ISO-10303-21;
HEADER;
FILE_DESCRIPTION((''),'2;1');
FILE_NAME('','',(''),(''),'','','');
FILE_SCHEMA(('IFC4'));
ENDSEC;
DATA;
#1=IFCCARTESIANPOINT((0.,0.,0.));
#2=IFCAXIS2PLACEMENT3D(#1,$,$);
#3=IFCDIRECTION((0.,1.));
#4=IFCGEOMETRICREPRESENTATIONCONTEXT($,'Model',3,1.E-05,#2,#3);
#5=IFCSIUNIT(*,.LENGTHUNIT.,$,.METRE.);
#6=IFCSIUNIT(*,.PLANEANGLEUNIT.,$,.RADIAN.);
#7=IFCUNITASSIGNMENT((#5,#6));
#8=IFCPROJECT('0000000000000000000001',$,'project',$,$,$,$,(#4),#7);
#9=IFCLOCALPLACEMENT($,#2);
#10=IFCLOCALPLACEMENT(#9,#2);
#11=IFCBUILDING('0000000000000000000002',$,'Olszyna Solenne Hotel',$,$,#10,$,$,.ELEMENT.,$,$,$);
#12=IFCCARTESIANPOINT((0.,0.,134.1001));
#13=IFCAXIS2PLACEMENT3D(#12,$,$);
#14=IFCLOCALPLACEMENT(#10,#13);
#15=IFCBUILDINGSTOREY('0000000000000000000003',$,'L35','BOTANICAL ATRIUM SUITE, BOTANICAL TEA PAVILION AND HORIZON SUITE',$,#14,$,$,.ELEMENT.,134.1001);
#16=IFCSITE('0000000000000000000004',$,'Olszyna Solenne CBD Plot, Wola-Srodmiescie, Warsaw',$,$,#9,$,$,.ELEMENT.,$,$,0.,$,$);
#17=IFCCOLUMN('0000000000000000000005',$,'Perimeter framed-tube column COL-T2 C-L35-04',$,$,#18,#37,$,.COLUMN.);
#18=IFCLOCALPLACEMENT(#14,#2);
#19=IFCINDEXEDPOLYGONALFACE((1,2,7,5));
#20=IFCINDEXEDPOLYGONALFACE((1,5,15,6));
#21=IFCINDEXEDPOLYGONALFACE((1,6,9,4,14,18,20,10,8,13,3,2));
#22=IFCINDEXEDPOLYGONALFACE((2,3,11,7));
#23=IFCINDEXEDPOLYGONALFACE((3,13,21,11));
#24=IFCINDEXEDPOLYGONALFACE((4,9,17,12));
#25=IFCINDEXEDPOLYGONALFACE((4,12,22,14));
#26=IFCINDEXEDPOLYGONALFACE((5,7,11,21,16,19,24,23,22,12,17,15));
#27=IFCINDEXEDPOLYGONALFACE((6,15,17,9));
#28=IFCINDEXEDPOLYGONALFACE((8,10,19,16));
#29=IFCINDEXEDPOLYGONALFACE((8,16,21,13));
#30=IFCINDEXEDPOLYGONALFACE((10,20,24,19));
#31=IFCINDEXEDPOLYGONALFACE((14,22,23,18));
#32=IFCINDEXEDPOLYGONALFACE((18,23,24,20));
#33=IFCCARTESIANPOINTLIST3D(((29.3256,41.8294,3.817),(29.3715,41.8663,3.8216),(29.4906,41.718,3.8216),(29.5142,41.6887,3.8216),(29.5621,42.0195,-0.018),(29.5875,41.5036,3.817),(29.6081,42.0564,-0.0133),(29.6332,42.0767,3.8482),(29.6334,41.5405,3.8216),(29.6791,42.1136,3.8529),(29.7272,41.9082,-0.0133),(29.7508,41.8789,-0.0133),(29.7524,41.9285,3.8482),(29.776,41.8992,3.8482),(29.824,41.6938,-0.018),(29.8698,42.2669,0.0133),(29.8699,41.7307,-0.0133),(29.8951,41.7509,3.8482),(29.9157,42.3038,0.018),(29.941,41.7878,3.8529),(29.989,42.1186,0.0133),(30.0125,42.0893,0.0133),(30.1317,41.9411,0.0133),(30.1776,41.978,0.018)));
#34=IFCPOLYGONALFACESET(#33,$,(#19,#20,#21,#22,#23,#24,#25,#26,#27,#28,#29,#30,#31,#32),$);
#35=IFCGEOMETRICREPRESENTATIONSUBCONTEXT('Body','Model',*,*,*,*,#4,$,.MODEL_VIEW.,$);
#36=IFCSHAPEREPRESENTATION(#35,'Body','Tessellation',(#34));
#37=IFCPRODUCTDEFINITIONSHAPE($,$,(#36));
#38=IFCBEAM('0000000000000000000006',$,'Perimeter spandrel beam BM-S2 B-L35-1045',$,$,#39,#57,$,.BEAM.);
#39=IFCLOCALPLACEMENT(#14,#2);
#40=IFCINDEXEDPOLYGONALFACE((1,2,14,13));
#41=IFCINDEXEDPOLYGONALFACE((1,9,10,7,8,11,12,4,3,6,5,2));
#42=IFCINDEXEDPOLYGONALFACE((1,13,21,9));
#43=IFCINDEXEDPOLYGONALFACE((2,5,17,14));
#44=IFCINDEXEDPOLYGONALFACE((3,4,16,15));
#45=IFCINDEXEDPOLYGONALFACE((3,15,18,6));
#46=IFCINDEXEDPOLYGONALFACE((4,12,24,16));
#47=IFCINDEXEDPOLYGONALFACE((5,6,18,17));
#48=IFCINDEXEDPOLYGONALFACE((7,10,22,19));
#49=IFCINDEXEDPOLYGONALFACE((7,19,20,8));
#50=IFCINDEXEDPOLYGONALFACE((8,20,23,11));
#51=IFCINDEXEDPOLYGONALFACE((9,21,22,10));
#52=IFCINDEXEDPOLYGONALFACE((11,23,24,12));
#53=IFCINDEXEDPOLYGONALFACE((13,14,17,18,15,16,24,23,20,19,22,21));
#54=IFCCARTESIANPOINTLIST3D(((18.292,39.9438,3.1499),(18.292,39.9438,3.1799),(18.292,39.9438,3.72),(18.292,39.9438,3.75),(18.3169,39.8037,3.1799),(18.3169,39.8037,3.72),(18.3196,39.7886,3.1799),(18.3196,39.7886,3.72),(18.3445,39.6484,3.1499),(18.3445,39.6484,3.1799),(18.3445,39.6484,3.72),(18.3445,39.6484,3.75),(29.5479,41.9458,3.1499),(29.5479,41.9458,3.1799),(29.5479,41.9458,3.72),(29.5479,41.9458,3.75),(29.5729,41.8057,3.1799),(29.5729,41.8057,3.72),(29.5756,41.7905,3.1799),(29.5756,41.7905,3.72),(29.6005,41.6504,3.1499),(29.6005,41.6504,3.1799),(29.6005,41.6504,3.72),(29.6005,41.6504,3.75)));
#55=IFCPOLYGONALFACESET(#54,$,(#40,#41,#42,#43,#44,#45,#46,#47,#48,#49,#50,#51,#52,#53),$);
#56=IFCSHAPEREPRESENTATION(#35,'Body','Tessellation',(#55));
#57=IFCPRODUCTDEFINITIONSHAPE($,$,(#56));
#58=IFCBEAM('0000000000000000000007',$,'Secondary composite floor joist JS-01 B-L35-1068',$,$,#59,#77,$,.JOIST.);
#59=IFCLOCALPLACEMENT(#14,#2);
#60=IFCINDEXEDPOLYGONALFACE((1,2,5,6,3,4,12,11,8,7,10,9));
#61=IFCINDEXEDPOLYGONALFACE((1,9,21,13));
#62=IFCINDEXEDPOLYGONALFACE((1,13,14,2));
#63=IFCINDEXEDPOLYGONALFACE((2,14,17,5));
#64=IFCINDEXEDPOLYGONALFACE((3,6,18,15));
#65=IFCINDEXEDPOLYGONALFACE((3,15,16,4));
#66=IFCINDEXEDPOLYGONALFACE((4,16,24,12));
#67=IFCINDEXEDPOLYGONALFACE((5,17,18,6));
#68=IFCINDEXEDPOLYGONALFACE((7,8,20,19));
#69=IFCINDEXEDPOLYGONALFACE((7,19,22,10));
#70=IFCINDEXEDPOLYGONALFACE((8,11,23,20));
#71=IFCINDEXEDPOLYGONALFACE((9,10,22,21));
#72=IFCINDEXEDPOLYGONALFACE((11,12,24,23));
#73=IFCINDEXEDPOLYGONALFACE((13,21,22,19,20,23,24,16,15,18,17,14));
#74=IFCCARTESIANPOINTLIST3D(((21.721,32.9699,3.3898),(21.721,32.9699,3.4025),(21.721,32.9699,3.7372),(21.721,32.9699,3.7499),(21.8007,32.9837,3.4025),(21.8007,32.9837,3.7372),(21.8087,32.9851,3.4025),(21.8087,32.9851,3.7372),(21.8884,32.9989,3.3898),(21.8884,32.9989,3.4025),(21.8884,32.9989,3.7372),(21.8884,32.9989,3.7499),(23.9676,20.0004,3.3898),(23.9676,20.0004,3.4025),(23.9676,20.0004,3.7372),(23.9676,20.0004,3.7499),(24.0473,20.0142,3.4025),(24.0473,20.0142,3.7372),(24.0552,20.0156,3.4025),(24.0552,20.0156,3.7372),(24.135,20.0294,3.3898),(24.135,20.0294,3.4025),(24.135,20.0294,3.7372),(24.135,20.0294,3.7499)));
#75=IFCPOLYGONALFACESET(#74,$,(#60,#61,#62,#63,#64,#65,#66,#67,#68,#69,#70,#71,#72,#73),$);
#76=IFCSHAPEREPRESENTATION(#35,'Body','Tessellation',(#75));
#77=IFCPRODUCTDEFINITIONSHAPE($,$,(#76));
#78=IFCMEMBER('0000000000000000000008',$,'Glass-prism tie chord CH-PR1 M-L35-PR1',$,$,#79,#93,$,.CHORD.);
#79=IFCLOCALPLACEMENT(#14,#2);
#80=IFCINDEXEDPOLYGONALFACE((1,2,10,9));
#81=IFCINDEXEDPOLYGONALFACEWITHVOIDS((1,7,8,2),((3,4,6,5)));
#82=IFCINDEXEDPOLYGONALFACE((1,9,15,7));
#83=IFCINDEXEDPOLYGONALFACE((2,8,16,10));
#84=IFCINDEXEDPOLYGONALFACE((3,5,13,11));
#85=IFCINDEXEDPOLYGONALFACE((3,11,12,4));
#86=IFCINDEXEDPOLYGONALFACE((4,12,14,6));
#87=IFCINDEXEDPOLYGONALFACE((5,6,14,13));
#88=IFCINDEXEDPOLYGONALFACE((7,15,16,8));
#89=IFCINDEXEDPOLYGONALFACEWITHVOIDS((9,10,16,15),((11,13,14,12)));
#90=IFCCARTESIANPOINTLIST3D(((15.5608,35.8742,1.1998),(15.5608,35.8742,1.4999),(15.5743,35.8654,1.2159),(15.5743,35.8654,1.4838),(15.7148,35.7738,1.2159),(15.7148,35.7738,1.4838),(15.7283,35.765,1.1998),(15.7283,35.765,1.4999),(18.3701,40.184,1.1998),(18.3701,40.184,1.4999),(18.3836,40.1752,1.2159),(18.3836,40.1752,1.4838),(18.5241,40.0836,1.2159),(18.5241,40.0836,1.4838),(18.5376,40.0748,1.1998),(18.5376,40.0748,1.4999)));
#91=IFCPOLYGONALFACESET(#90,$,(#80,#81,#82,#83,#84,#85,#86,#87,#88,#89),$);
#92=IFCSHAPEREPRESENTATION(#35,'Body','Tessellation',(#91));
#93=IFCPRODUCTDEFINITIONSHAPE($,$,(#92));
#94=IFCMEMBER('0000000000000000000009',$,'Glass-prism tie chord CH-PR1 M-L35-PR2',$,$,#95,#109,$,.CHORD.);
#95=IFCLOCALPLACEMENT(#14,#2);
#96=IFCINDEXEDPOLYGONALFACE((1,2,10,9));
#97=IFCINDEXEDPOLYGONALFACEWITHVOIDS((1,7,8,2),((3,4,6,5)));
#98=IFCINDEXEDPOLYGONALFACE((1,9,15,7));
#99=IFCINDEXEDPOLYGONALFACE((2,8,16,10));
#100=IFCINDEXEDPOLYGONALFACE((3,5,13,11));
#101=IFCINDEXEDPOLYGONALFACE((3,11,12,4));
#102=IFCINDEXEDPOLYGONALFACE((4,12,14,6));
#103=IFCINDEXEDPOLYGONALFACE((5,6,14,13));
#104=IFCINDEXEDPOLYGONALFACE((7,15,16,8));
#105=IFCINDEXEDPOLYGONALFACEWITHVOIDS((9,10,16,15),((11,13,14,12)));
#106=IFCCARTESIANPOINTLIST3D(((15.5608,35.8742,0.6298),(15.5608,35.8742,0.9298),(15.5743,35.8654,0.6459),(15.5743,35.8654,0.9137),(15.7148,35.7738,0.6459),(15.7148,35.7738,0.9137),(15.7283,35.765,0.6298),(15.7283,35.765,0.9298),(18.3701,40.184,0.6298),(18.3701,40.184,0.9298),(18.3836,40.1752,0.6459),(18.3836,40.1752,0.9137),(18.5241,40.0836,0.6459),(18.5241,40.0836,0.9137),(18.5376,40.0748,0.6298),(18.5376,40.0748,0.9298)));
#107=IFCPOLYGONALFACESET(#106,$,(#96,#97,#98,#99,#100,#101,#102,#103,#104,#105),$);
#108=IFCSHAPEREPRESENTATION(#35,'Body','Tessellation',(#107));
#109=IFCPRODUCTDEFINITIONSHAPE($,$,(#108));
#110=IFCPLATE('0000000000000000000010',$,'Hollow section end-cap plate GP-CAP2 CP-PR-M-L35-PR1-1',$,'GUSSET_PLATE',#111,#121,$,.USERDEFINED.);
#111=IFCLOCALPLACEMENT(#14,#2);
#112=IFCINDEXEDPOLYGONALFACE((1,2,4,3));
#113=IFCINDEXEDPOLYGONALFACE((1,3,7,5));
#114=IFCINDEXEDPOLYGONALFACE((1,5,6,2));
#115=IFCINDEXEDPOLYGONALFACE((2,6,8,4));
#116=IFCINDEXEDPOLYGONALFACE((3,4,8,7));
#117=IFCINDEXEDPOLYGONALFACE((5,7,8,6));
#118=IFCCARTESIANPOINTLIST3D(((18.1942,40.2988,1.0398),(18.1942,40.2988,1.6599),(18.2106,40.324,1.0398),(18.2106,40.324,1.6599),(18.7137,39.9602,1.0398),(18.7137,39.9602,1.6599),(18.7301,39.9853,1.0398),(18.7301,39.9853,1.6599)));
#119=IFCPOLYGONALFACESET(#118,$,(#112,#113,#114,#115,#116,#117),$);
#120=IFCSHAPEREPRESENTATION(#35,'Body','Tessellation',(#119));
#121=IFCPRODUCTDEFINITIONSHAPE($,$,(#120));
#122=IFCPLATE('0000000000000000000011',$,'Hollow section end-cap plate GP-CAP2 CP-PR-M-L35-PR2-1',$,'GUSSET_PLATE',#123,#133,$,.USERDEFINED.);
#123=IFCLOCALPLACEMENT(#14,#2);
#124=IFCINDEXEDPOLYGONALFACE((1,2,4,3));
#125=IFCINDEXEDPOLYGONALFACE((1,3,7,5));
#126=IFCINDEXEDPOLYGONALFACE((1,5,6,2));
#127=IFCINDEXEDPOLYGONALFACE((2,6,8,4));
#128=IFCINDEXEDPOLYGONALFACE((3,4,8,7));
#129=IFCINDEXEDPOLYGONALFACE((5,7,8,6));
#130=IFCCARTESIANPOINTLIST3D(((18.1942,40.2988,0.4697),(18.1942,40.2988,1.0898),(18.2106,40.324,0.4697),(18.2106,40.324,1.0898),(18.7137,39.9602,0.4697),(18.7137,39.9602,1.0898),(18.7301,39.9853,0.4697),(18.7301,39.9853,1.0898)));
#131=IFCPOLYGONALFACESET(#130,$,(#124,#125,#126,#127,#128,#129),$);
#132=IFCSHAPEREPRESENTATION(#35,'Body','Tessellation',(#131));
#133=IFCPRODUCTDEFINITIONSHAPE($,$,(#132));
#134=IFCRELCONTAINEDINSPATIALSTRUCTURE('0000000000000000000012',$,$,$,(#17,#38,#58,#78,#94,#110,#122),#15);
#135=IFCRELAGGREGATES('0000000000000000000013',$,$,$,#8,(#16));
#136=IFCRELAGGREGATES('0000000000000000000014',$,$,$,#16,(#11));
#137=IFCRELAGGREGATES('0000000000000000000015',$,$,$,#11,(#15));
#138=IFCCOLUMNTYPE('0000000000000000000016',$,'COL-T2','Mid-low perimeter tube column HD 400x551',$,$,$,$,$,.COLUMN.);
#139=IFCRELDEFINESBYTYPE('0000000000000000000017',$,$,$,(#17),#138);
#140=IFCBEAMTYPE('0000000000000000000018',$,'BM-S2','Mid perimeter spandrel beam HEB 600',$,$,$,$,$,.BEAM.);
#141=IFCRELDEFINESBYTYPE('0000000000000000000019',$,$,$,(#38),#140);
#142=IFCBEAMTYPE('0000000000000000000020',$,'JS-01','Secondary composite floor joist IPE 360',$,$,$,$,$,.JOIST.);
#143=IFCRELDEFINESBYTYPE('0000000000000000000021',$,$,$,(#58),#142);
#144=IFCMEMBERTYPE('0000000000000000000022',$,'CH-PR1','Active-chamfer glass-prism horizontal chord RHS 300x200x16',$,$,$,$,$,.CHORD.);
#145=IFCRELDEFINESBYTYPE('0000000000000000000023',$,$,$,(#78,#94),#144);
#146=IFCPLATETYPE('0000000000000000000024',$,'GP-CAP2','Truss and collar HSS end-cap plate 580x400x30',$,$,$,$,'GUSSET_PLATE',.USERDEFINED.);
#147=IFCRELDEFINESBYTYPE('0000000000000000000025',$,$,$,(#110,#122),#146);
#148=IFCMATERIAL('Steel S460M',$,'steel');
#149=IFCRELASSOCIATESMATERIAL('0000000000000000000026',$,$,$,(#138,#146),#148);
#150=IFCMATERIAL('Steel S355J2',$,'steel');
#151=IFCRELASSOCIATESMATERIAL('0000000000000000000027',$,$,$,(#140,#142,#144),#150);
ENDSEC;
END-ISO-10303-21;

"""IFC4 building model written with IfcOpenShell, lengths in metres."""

from ifc_helpers import new_model, si_unit, direction, frame, origin, origin_2d, place, context, subcontext, project, spatial, rectangle, hollow_rectangle, i_section, extrude, source, transform, mapped, material, material_profile, profile_set, type_object, element, save


model = new_model("IFC4")

# Units and contexts
model_context = context("Model", 3, precision=1e-05, world=origin(), true_north=direction((0.0, 1.0)))
body_context = subcontext(model_context, "Body", "Model", "MODEL_VIEW")
ifc_project = project(units=[si_unit("LENGTHUNIT", "METRE"), si_unit("PLANEANGLEUNIT", "RADIAN")], contexts=[model_context])

# Site, building, storey
site_placement = place(None, origin())
site = spatial("IfcSite", under=ifc_project, at=site_placement, Name="Olszyna Solenne CBD Plot, Wola-Srodmiescie, Warsaw", CompositionType="ELEMENT", RefElevation=0.0)
building_placement = place(site_placement, origin())
building = spatial("IfcBuilding", under=site, at=building_placement, Name="Olszyna Solenne Hotel", CompositionType="ELEMENT")
storey_placement = place(building_placement, frame((0.0, 0.0, 134.1001)))
storey = spatial("IfcBuildingStorey", under=building, at=storey_placement, Name="L35", Description="BOTANICAL ATRIUM SUITE, BOTANICAL TEA PAVILION AND HORIZON SUITE", CompositionType="ELEMENT", Elevation=134.1001)

# Column
ifc_material_1 = material(Name="Steel S460M", Category="steel")
ifc_material_profile_1 = material_profile(ifc_material_1, i_section(OverallWidth=0.418, OverallDepth=0.4551, WebThickness=0.0376, FlangeThickness=0.0591, at=origin_2d()), Name="HD 400x551", Category="load-bearing")
ifc_profile_set_1 = profile_set([ifc_material_profile_1], Name="Steel S460M")
column_type = type_object("IfcColumnType", Name="COL-T2", Description="Mid-low perimeter tube column HD 400x551", PredefinedType="COLUMN", material=ifc_profile_set_1)
shared_shape_1 = source(origin(), body_context, "Body", "SweptSolid", [
    extrude(i_section(OverallWidth=0.418, OverallDepth=0.4551, WebThickness=0.0376, FlangeThickness=0.0591, at=origin_2d()), origin(), (0.0, 0.0, 1.0), 3.8469),
])
column_placement = place(storey_placement, frame((29.8699, 41.9988, 0.0), z_axis=(-0.061496, -0.049438, 0.996882), x_axis=(0.626557, -0.779376, 0.0)))
element("IfcColumn", 1, at=column_placement, inside=storey, type_object=column_type, Name="Perimeter framed-tube column COL-T2 C-L35-04", PredefinedType="COLUMN", context=body_context, shape_type="MappedRepresentation", body=[
    mapped(shared_shape_1, transform((0.0, 0.0, 0.0), x_axis=(1.0, 0.0, 0.0), y_axis=(0.0, 1.0, 0.0), z_axis=(0.0, 0.0, 1.0), scale=1.0)),
])

# Beams
ifc_material_2 = material(Name="Steel S355J2", Category="steel")
ifc_material_profile_2 = material_profile(ifc_material_2, i_section(OverallWidth=0.3, OverallDepth=0.6001, WebThickness=0.0154, FlangeThickness=0.03, at=origin_2d()), Name="HEB 600", Category="load-bearing")
ifc_profile_set_2 = profile_set([ifc_material_profile_2], Name="Steel S355J2")
beam_type_1 = type_object("IfcBeamType", Name="BM-S2", Description="Mid perimeter spandrel beam HEB 600", PredefinedType="BEAM", material=ifc_profile_set_2)
shared_shape_2 = source(origin(), body_context, "Body", "SweptSolid", [
    extrude(i_section(OverallWidth=0.3, OverallDepth=0.6001, WebThickness=0.0154, FlangeThickness=0.03, at=origin_2d()), origin(), (0.0, 0.0, 1.0), 11.4326),
])
beam_1_placement = place(storey_placement, frame((29.5742, 41.7981, 3.45), z_axis=(-0.984549, -0.175111, 0.0), x_axis=(0.175111, -0.984549, 0.0)))
element("IfcBeam", 2, at=beam_1_placement, inside=storey, type_object=beam_type_1, Name="Perimeter spandrel beam BM-S2 B-L35-1045", PredefinedType="BEAM", context=body_context, shape_type="MappedRepresentation", body=[
    mapped(shared_shape_2, transform((0.0, 0.0, 0.0), x_axis=(1.0, 0.0, 0.0), y_axis=(0.0, 1.0, 0.0), z_axis=(0.0, 0.0, 1.0), scale=1.0)),
])
ifc_material_profile_3 = material_profile(ifc_material_2, i_section(OverallWidth=0.1699, OverallDepth=0.3601, WebThickness=0.0081, FlangeThickness=0.0127, at=origin_2d()), Name="IPE 360", Category="load-bearing")
ifc_profile_set_3 = profile_set([ifc_material_profile_3], Name="Steel S355J2")
beam_type_2 = type_object("IfcBeamType", Name="JS-01", Description="Secondary composite floor joist IPE 360", PredefinedType="JOIST", material=ifc_profile_set_3)
shared_shape_3 = source(origin(), body_context, "Body", "SweptSolid", [
    extrude(i_section(OverallWidth=0.1699, OverallDepth=0.3601, WebThickness=0.0081, FlangeThickness=0.0127, at=origin_2d()), origin(), (0.0, 0.0, 1.0), 13.1626),
])
beam_2_placement = place(storey_placement, frame((21.8047, 32.9844, 3.5698), z_axis=(0.170679, -0.985327, 0.0), x_axis=(0.985327, 0.170679, 0.0)))
element("IfcBeam", 3, at=beam_2_placement, inside=storey, type_object=beam_type_2, Name="Secondary composite floor joist JS-01 B-L35-1068", PredefinedType="JOIST", context=body_context, shape_type="MappedRepresentation", body=[
    mapped(shared_shape_3, transform((0.0, 0.0, 0.0), x_axis=(1.0, 0.0, 0.0), y_axis=(0.0, 1.0, 0.0), z_axis=(0.0, 0.0, 1.0), scale=1.0)),
])

# Members
ifc_material_profile_4 = material_profile(ifc_material_2, hollow_rectangle(XDim=0.2, YDim=0.3, WallThickness=0.0161, at=origin_2d()), Name="RHS 300x200x16", Category="load-bearing")
ifc_profile_set_4 = profile_set([ifc_material_profile_4], Name="Steel S355J2")
member_type = type_object("IfcMemberType", Name="CH-PR1", Description="Active-chamfer glass-prism horizontal chord RHS 300x200x16", PredefinedType="CHORD", material=ifc_profile_set_4)
shared_shape_4 = source(origin(), body_context, "Body", "SweptSolid", [
    extrude(hollow_rectangle(XDim=0.2, YDim=0.3, WallThickness=0.0161, at=origin_2d()), origin(), (0.0, 0.0, 1.0), 5.1445),
])
for number, where, z_axis, x_axis, name in (
    (4, (18.4539, 40.1294, 1.3499), (-0.546074, -0.837737, 0.0), (0.837737, -0.546074, 0.0), "Glass-prism tie chord CH-PR1 M-L35-PR1"),
    (5, (18.4539, 40.1294, 0.7798), (-0.546074, -0.837737, 0.0), (0.837737, -0.546074, 0.0), "Glass-prism tie chord CH-PR1 M-L35-PR2"),
):
    element("IfcMember", number, at=place(storey_placement, frame(where, z_axis=z_axis, x_axis=x_axis)), inside=storey, type_object=member_type, Name=name, PredefinedType="CHORD", context=body_context, shape_type="MappedRepresentation", body=[
        mapped(shared_shape_4, transform((0.0, 0.0, 0.0), x_axis=(1.0, 0.0, 0.0), y_axis=(0.0, 1.0, 0.0), z_axis=(0.0, 0.0, 1.0), scale=1.0)),
    ])

# Plates
plate_type = type_object("IfcPlateType", Name="GP-CAP2", Description="Truss and collar HSS end-cap plate 580x400x30", ElementType="GUSSET_PLATE", PredefinedType="USERDEFINED", material=ifc_material_1)
shared_shape_5 = source(origin(), body_context, "Body", "SweptSolid", [
    extrude(rectangle(XDim=0.03, YDim=0.6201, at=origin_2d()), origin(), (0.0, 0.0, 1.0), 0.6201),
])
for number, where, z_axis, x_axis, name in (
    (6, (18.4622, 40.1421, 1.0398), (0.0, 0.0, 1.0), (-0.546102, -0.837719, 0.0), "Hollow section end-cap plate GP-CAP2 CP-PR-M-L35-PR1-1"),
    (7, (18.4622, 40.1421, 0.4697), (0.0, 0.0, 1.0), (-0.546102, -0.837719, 0.0), "Hollow section end-cap plate GP-CAP2 CP-PR-M-L35-PR2-1"),
):
    element("IfcPlate", number, at=place(storey_placement, frame(where, z_axis=z_axis, x_axis=x_axis)), inside=storey, type_object=plate_type, Name=name, ObjectType="GUSSET_PLATE", PredefinedType="USERDEFINED", context=body_context, shape_type="MappedRepresentation", body=[
        mapped(shared_shape_5, transform((0.0, 0.0, 0.0), x_axis=(1.0, 0.0, 0.0), y_axis=(0.0, 1.0, 0.0), z_axis=(0.0, 0.0, 1.0), scale=1.0)),
    ])

save(model, "model.ifc")
